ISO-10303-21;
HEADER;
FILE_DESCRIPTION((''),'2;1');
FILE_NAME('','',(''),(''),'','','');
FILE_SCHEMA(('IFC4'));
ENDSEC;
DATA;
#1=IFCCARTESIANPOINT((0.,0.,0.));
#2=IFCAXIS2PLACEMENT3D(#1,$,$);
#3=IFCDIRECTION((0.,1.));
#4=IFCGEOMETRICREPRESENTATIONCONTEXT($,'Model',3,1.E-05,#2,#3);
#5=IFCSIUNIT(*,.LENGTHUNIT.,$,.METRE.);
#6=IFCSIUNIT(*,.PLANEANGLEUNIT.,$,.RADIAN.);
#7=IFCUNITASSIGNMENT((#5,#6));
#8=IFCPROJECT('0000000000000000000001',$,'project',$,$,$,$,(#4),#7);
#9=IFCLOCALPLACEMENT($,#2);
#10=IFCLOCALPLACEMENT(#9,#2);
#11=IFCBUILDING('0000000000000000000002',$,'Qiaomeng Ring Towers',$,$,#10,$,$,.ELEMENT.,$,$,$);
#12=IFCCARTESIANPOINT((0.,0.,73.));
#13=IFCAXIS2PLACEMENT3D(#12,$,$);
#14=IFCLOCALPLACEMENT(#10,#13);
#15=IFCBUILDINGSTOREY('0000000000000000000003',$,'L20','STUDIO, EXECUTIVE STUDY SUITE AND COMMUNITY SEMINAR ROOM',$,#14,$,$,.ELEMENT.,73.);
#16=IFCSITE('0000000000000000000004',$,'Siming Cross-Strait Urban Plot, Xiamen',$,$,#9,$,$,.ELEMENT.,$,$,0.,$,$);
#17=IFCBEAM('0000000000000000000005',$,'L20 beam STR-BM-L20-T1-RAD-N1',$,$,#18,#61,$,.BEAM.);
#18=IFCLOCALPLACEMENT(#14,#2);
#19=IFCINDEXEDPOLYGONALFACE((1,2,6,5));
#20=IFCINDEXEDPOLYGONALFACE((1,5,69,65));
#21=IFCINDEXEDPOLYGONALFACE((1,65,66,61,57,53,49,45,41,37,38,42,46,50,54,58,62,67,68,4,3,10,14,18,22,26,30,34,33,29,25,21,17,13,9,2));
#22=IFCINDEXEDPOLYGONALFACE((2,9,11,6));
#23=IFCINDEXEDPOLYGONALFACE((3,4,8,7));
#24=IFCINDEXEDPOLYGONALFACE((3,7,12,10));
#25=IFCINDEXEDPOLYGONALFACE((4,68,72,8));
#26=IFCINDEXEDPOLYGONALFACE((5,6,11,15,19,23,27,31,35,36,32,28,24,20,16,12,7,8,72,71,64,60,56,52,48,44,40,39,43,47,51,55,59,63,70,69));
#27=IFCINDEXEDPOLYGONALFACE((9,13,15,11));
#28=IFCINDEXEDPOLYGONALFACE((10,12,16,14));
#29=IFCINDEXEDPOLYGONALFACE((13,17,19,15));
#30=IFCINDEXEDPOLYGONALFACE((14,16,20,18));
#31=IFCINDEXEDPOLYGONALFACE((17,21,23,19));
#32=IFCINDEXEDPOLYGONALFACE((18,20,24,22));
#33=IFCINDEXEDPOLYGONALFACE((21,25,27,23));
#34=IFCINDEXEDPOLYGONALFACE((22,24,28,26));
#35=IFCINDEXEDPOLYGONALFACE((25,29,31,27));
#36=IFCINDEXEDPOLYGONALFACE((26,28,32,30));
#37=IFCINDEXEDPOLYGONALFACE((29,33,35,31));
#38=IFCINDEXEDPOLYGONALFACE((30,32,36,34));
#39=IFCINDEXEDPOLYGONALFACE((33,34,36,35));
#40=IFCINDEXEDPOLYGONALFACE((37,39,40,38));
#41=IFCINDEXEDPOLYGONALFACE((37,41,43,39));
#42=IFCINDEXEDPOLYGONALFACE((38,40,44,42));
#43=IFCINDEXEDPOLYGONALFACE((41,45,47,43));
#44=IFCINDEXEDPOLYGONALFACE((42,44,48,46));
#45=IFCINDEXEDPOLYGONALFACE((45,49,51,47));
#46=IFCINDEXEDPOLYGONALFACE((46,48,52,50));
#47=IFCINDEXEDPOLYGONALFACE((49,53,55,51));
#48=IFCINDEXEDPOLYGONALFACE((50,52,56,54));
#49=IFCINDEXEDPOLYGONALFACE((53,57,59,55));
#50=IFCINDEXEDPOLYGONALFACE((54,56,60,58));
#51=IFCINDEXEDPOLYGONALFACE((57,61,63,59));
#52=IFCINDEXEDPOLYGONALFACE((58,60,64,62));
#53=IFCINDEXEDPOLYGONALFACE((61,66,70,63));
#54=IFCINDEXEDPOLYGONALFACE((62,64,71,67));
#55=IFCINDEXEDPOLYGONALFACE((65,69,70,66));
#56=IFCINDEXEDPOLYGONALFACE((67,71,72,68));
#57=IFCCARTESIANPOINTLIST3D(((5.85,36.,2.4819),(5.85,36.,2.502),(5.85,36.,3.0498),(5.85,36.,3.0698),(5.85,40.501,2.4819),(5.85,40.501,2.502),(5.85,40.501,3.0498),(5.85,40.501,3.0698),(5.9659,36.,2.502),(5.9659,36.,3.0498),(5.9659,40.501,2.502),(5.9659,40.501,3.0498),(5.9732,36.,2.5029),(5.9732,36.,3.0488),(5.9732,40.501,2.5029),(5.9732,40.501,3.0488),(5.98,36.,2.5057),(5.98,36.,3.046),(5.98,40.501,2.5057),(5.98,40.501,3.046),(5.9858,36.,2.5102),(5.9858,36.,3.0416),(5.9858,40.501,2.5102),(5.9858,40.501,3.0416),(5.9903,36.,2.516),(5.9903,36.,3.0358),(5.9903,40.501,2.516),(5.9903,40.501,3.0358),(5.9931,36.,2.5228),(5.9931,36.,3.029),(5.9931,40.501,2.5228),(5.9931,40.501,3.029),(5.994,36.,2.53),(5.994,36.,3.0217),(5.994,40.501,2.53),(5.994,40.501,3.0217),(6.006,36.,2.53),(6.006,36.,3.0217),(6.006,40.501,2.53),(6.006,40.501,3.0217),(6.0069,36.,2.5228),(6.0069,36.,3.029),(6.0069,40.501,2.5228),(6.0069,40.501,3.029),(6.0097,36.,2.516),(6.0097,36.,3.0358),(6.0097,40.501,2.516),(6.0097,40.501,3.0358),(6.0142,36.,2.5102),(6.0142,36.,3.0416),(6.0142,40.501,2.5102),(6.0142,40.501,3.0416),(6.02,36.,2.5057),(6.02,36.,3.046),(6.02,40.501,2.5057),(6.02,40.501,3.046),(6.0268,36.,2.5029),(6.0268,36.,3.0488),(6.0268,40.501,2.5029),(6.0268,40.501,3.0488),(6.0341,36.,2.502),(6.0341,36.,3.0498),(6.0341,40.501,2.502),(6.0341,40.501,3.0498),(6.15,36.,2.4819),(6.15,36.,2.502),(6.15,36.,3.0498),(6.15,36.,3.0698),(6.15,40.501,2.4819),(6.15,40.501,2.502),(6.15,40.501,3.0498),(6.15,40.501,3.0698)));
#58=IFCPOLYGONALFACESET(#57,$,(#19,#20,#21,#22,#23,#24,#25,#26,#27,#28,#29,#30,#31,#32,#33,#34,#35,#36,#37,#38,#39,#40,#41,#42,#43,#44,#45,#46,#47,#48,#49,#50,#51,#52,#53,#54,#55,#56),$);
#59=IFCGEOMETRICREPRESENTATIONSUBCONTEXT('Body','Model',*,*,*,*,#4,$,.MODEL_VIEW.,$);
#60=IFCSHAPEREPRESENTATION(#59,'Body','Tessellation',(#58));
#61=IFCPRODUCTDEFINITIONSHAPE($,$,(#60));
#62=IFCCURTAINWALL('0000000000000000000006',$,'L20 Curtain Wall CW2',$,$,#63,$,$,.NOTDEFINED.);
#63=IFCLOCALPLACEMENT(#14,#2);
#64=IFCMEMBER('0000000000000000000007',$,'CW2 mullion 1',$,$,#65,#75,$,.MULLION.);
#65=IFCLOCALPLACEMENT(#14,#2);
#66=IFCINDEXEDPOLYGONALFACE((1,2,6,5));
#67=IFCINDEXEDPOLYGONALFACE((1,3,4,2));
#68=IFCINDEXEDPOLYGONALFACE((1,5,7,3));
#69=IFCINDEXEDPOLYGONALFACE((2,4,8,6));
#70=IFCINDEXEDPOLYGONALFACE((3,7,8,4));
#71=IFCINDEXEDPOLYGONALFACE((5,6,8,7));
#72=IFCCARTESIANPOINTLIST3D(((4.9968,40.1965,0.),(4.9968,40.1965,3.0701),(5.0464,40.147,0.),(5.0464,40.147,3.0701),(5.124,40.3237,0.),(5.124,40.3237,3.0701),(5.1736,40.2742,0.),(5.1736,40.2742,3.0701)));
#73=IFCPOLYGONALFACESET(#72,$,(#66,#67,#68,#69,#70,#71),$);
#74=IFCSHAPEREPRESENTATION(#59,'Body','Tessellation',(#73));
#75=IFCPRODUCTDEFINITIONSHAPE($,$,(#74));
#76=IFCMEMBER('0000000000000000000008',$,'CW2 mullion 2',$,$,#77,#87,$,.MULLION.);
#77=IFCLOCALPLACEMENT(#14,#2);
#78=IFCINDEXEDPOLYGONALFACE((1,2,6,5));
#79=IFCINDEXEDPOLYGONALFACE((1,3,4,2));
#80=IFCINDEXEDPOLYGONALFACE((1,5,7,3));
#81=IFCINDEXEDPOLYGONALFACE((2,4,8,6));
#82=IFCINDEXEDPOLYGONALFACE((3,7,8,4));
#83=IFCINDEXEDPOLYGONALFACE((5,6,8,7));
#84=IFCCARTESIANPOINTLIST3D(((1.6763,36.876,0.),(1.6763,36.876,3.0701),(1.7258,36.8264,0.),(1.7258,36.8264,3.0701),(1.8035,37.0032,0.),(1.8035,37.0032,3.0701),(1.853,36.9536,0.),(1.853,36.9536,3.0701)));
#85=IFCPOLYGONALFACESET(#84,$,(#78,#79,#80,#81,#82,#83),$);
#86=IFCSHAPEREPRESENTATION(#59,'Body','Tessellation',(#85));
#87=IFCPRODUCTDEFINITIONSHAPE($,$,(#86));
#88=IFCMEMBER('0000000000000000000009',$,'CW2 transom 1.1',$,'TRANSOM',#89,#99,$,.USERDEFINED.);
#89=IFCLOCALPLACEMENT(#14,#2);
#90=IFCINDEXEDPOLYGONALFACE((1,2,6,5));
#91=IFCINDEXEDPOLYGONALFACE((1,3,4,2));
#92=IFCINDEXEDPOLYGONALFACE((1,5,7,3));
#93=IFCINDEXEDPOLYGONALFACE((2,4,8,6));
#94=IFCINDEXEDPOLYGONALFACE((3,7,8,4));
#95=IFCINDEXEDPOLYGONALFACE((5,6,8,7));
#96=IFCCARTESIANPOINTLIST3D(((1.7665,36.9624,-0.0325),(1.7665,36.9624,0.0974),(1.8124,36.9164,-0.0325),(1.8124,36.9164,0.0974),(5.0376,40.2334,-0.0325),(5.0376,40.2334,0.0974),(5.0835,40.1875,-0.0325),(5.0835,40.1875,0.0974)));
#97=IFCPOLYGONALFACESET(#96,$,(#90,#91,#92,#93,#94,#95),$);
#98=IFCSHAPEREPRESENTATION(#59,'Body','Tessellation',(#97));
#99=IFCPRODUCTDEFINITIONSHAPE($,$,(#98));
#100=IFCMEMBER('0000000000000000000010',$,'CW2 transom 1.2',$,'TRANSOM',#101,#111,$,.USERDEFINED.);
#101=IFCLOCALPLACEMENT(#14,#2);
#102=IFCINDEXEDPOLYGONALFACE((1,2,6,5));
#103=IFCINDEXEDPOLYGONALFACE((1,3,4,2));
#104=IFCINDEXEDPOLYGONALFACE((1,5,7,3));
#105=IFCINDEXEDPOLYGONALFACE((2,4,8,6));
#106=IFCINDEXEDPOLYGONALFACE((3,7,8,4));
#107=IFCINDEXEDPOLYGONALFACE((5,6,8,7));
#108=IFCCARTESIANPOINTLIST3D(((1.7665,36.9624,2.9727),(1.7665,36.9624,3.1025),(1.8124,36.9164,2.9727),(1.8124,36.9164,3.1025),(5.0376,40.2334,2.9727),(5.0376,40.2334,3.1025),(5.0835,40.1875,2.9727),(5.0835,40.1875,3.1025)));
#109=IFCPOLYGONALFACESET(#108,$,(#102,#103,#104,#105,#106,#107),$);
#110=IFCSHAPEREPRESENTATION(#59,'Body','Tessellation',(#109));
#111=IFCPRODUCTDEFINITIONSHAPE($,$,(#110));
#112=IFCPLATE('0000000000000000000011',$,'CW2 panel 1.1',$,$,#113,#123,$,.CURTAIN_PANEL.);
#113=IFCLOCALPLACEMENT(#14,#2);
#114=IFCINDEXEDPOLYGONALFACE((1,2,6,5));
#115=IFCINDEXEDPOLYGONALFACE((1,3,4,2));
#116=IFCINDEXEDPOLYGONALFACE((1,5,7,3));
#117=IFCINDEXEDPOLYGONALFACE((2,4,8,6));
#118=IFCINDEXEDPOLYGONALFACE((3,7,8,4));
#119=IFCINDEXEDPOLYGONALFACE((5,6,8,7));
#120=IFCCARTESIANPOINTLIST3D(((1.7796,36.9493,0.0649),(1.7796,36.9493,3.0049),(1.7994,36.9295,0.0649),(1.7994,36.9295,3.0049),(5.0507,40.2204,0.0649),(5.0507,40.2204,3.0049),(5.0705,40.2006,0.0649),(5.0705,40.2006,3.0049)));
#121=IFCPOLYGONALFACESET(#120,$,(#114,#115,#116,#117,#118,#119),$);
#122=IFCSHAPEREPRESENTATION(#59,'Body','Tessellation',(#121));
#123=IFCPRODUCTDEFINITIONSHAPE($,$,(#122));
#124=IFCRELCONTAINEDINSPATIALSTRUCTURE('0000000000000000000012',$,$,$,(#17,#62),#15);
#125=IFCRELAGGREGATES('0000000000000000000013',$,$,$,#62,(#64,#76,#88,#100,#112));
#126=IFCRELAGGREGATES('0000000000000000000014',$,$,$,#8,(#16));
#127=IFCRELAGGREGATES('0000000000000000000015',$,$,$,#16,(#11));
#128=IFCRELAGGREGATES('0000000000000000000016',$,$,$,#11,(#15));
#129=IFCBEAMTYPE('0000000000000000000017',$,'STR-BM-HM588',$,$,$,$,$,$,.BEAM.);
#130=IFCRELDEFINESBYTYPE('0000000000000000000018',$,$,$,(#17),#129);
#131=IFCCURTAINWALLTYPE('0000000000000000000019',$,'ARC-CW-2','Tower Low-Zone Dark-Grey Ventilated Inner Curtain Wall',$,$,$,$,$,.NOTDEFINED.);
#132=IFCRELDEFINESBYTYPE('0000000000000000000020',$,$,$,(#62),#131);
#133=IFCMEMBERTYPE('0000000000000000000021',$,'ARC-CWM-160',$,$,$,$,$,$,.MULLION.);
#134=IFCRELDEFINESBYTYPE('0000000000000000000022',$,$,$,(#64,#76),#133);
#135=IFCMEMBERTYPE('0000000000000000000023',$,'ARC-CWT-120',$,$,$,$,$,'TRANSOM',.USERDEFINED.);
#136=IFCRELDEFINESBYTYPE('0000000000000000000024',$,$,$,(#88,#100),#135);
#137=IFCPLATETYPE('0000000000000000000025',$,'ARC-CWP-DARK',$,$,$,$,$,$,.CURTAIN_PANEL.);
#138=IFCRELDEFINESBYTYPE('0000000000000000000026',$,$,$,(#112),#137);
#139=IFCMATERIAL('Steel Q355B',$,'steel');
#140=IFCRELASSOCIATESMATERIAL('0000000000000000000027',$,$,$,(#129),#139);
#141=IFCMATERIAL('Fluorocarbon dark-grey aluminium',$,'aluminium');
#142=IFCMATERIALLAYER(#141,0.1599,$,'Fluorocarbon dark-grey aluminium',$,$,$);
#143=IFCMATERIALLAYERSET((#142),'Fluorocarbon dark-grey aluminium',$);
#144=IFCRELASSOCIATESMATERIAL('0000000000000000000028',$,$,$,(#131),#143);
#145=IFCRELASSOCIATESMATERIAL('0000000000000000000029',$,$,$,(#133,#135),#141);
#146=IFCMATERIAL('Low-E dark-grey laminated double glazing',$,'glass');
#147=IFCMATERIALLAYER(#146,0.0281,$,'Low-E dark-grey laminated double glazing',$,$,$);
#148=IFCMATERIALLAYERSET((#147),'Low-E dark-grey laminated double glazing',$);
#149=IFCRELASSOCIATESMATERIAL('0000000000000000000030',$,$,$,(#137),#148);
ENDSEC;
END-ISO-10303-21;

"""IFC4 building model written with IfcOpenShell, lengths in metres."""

from ifc_helpers import new_model, si_unit, direction, frame, origin, origin_2d, place, context, subcontext, project, spatial, rectangle, i_section, extrude, source, transform, mapped, material, layer, layer_set, material_profile, profile_set, type_object, element, aggregate, save


model = new_model("IFC4")

# Units and contexts
model_context = context("Model", 3, precision=1e-05, world=origin(), true_north=direction((0.0, 1.0)))
body_context = subcontext(model_context, "Body", "Model", "MODEL_VIEW")
ifc_project = project(units=[si_unit("LENGTHUNIT", "METRE"), si_unit("PLANEANGLEUNIT", "RADIAN")], contexts=[model_context])

# Site, building, storey
site_placement = place(None, origin())
site = spatial("IfcSite", under=ifc_project, at=site_placement, Name="Siming Cross-Strait Urban Plot, Xiamen", CompositionType="ELEMENT", RefElevation=0.0)
building_placement = place(site_placement, origin())
building = spatial("IfcBuilding", under=site, at=building_placement, Name="Qiaomeng Ring Towers", CompositionType="ELEMENT")
storey_placement = place(building_placement, frame((0.0, 0.0, 73.0)))
storey = spatial("IfcBuildingStorey", under=building, at=storey_placement, Name="L20", Description="STUDIO, EXECUTIVE STUDY SUITE AND COMMUNITY SEMINAR ROOM", CompositionType="ELEMENT", Elevation=73.0)

# Beam
ifc_material_1 = material(Name="Steel Q355B", Category="steel")
ifc_material_profile_1 = material_profile(ifc_material_1, i_section(OverallWidth=0.3, OverallDepth=0.5879, WebThickness=0.012, FlangeThickness=0.02, FilletRadius=0.0281, at=origin_2d()), Name="HM 588x300x12x20")
ifc_profile_set_1 = profile_set([ifc_material_profile_1], Name="Steel Q355B")
beam_type_1 = type_object("IfcBeamType", Name="STR-BM-HM588", PredefinedType="BEAM", material=ifc_profile_set_1)
shared_shape_1 = source(origin(), body_context, "Body", "SweptSolid", [
    extrude(i_section(OverallWidth=0.3, OverallDepth=0.5879, WebThickness=0.012, FlangeThickness=0.02, FilletRadius=0.0281, at=origin_2d()), origin(), (0.0, 0.0, 1.0), 4.501),
])
beam_1_placement = place(storey_placement, frame((6.0, 40.501, 2.7759), z_axis=(0.0, -1.0, 0.0), x_axis=(1.0, 0.0, 0.0)))
element("IfcBeam", 1, at=beam_1_placement, inside=storey, type_object=beam_type_1, Name="L20 beam STR-BM-L20-T1-RAD-N1", PredefinedType="BEAM", context=body_context, shape_type="MappedRepresentation", body=[
    mapped(shared_shape_1, transform((0.0, 0.0, 0.0), x_axis=(1.0, 0.0, 0.0), y_axis=(0.0, 1.0, 0.0), z_axis=(0.0, 0.0, 1.0), scale=1.0)),
])

# Curtain wall, members, plate
ifc_material_2 = material(Name="Fluorocarbon dark-grey aluminium", Category="aluminium")
ifc_layer_1 = layer(ifc_material_2, 0.1599, Name="Fluorocarbon dark-grey aluminium")
ifc_layer_set_1 = layer_set([ifc_layer_1], Name="Fluorocarbon dark-grey aluminium")
curtain_wall_type = type_object("IfcCurtainWallType", Name="ARC-CW-2", Description="Tower Low-Zone Dark-Grey Ventilated Inner Curtain Wall", PredefinedType="NOTDEFINED", material=ifc_layer_set_1)
curtain_wall_placement = place(storey_placement, origin())
curtain_wall = element("IfcCurtainWall", 2, at=curtain_wall_placement, inside=storey, type_object=curtain_wall_type, Name="L20 Curtain Wall CW2", PredefinedType="NOTDEFINED")
ifc_material_profile_2 = material_profile(ifc_material_2, rectangle(XDim=0.0701, YDim=0.1799, at=origin_2d()), Name="ALU MULL 70x180")
ifc_profile_set_2 = profile_set([ifc_material_profile_2], Name="Fluorocarbon dark-grey aluminium")
member_type_1 = type_object("IfcMemberType", Name="ARC-CWM-160", PredefinedType="MULLION", material=ifc_profile_set_2)
shared_shape_2 = source(origin(), body_context, "Body", "SweptSolid", [
    extrude(rectangle(XDim=0.0701, YDim=0.1799, at=origin_2d()), origin(), (0.0, 0.0, 1.0), 3.0701),
])
member_1_placement = place(storey_placement, frame((5.0852, 40.2354, 0.0), z_axis=(0.0, 0.0, 1.0), x_axis=(0.707107, -0.707107, 0.0)))
member_1 = element("IfcMember", 3, at=member_1_placement, type_object=member_type_1, Name="CW2 mullion 1", PredefinedType="MULLION", context=body_context, shape_type="MappedRepresentation", body=[
    mapped(shared_shape_2, transform((0.0, 0.0, 0.0), x_axis=(1.0, 0.0, 0.0), y_axis=(0.0, 1.0, 0.0), z_axis=(0.0, 0.0, 1.0), scale=1.0)),
])
member_2_placement = place(storey_placement, frame((1.7646, 36.9148, 0.0), z_axis=(0.0, 0.0, 1.0), x_axis=(0.707107, -0.707107, 0.0)))
member_2 = element("IfcMember", 4, at=member_2_placement, type_object=member_type_1, Name="CW2 mullion 2", PredefinedType="MULLION", context=body_context, shape_type="MappedRepresentation", body=[
    mapped(shared_shape_2, transform((0.0, 0.0, 0.0), x_axis=(1.0, 0.0, 0.0), y_axis=(0.0, 1.0, 0.0), z_axis=(0.0, 0.0, 1.0), scale=1.0)),
])
ifc_material_profile_3 = material_profile(ifc_material_2, rectangle(XDim=0.0649, YDim=0.1299, at=origin_2d()), Name="ALU TRAN 65x130")
ifc_profile_set_3 = profile_set([ifc_material_profile_3], Name="Fluorocarbon dark-grey aluminium")
member_type_2 = type_object("IfcMemberType", Name="ARC-CWT-120", ElementType="TRANSOM", PredefinedType="USERDEFINED", material=ifc_profile_set_3)
shared_shape_3 = source(origin(), body_context, "Body", "SweptSolid", [
    extrude(rectangle(XDim=0.0649, YDim=0.1299, at=origin_2d()), origin(), (0.0, 0.0, 1.0), 4.626),
])
member_3_placement = place(storey_placement, frame((5.0605, 40.2104, 0.0325), z_axis=(-0.707107, -0.707107, 0.0), x_axis=(0.707107, -0.707107, 0.0)))
member_3 = element("IfcMember", 5, at=member_3_placement, type_object=member_type_2, Name="CW2 transom 1.1", ObjectType="TRANSOM", PredefinedType="USERDEFINED", context=body_context, shape_type="MappedRepresentation", body=[
    mapped(shared_shape_3, transform((0.0, 0.0, 0.0), x_axis=(1.0, 0.0, 0.0), y_axis=(0.0, 1.0, 0.0), z_axis=(0.0, 0.0, 1.0), scale=1.0)),
])
member_4_placement = place(storey_placement, frame((5.0605, 40.2104, 3.0376), z_axis=(-0.707107, -0.707107, 0.0), x_axis=(0.707107, -0.707107, 0.0)))
member_4 = element("IfcMember", 6, at=member_4_placement, type_object=member_type_2, Name="CW2 transom 1.2", ObjectType="TRANSOM", PredefinedType="USERDEFINED", context=body_context, shape_type="MappedRepresentation", body=[
    mapped(shared_shape_3, transform((0.0, 0.0, 0.0), x_axis=(1.0, 0.0, 0.0), y_axis=(0.0, 1.0, 0.0), z_axis=(0.0, 0.0, 1.0), scale=1.0)),
])
ifc_material_3 = material(Name="Low-E dark-grey laminated double glazing", Category="glass")
ifc_layer_2 = layer(ifc_material_3, 0.0281, Name="Low-E dark-grey laminated double glazing")
ifc_layer_set_2 = layer_set([ifc_layer_2], Name="Low-E dark-grey laminated double glazing")
plate_type = type_object("IfcPlateType", Name="ARC-CWP-DARK", PredefinedType="CURTAIN_PANEL", material=ifc_layer_set_2)
shared_shape_4 = source(origin(), body_context, "Body", "SweptSolid", [
    extrude(rectangle(XDim=4.626, YDim=0.0281, at=origin_2d()), origin(), (0.0, 0.0, 1.0), 2.9399),
])
plate_placement = place(storey_placement, frame((3.425, 38.575, 0.0649), z_axis=(0.0, 0.0, 1.0), x_axis=(-0.707107, -0.707107, 0.0)))
plate = element("IfcPlate", 7, at=plate_placement, type_object=plate_type, Name="CW2 panel 1.1", PredefinedType="CURTAIN_PANEL", context=body_context, shape_type="MappedRepresentation", body=[
    mapped(shared_shape_4, transform((0.0, 0.0, 0.0), x_axis=(1.0, 0.0, 0.0), y_axis=(0.0, 1.0, 0.0), z_axis=(0.0, 0.0, 1.0), scale=1.0)),
])
aggregate(curtain_wall, [member_1, member_2, member_3, member_4, plate])

save(model, "model.ifc")
